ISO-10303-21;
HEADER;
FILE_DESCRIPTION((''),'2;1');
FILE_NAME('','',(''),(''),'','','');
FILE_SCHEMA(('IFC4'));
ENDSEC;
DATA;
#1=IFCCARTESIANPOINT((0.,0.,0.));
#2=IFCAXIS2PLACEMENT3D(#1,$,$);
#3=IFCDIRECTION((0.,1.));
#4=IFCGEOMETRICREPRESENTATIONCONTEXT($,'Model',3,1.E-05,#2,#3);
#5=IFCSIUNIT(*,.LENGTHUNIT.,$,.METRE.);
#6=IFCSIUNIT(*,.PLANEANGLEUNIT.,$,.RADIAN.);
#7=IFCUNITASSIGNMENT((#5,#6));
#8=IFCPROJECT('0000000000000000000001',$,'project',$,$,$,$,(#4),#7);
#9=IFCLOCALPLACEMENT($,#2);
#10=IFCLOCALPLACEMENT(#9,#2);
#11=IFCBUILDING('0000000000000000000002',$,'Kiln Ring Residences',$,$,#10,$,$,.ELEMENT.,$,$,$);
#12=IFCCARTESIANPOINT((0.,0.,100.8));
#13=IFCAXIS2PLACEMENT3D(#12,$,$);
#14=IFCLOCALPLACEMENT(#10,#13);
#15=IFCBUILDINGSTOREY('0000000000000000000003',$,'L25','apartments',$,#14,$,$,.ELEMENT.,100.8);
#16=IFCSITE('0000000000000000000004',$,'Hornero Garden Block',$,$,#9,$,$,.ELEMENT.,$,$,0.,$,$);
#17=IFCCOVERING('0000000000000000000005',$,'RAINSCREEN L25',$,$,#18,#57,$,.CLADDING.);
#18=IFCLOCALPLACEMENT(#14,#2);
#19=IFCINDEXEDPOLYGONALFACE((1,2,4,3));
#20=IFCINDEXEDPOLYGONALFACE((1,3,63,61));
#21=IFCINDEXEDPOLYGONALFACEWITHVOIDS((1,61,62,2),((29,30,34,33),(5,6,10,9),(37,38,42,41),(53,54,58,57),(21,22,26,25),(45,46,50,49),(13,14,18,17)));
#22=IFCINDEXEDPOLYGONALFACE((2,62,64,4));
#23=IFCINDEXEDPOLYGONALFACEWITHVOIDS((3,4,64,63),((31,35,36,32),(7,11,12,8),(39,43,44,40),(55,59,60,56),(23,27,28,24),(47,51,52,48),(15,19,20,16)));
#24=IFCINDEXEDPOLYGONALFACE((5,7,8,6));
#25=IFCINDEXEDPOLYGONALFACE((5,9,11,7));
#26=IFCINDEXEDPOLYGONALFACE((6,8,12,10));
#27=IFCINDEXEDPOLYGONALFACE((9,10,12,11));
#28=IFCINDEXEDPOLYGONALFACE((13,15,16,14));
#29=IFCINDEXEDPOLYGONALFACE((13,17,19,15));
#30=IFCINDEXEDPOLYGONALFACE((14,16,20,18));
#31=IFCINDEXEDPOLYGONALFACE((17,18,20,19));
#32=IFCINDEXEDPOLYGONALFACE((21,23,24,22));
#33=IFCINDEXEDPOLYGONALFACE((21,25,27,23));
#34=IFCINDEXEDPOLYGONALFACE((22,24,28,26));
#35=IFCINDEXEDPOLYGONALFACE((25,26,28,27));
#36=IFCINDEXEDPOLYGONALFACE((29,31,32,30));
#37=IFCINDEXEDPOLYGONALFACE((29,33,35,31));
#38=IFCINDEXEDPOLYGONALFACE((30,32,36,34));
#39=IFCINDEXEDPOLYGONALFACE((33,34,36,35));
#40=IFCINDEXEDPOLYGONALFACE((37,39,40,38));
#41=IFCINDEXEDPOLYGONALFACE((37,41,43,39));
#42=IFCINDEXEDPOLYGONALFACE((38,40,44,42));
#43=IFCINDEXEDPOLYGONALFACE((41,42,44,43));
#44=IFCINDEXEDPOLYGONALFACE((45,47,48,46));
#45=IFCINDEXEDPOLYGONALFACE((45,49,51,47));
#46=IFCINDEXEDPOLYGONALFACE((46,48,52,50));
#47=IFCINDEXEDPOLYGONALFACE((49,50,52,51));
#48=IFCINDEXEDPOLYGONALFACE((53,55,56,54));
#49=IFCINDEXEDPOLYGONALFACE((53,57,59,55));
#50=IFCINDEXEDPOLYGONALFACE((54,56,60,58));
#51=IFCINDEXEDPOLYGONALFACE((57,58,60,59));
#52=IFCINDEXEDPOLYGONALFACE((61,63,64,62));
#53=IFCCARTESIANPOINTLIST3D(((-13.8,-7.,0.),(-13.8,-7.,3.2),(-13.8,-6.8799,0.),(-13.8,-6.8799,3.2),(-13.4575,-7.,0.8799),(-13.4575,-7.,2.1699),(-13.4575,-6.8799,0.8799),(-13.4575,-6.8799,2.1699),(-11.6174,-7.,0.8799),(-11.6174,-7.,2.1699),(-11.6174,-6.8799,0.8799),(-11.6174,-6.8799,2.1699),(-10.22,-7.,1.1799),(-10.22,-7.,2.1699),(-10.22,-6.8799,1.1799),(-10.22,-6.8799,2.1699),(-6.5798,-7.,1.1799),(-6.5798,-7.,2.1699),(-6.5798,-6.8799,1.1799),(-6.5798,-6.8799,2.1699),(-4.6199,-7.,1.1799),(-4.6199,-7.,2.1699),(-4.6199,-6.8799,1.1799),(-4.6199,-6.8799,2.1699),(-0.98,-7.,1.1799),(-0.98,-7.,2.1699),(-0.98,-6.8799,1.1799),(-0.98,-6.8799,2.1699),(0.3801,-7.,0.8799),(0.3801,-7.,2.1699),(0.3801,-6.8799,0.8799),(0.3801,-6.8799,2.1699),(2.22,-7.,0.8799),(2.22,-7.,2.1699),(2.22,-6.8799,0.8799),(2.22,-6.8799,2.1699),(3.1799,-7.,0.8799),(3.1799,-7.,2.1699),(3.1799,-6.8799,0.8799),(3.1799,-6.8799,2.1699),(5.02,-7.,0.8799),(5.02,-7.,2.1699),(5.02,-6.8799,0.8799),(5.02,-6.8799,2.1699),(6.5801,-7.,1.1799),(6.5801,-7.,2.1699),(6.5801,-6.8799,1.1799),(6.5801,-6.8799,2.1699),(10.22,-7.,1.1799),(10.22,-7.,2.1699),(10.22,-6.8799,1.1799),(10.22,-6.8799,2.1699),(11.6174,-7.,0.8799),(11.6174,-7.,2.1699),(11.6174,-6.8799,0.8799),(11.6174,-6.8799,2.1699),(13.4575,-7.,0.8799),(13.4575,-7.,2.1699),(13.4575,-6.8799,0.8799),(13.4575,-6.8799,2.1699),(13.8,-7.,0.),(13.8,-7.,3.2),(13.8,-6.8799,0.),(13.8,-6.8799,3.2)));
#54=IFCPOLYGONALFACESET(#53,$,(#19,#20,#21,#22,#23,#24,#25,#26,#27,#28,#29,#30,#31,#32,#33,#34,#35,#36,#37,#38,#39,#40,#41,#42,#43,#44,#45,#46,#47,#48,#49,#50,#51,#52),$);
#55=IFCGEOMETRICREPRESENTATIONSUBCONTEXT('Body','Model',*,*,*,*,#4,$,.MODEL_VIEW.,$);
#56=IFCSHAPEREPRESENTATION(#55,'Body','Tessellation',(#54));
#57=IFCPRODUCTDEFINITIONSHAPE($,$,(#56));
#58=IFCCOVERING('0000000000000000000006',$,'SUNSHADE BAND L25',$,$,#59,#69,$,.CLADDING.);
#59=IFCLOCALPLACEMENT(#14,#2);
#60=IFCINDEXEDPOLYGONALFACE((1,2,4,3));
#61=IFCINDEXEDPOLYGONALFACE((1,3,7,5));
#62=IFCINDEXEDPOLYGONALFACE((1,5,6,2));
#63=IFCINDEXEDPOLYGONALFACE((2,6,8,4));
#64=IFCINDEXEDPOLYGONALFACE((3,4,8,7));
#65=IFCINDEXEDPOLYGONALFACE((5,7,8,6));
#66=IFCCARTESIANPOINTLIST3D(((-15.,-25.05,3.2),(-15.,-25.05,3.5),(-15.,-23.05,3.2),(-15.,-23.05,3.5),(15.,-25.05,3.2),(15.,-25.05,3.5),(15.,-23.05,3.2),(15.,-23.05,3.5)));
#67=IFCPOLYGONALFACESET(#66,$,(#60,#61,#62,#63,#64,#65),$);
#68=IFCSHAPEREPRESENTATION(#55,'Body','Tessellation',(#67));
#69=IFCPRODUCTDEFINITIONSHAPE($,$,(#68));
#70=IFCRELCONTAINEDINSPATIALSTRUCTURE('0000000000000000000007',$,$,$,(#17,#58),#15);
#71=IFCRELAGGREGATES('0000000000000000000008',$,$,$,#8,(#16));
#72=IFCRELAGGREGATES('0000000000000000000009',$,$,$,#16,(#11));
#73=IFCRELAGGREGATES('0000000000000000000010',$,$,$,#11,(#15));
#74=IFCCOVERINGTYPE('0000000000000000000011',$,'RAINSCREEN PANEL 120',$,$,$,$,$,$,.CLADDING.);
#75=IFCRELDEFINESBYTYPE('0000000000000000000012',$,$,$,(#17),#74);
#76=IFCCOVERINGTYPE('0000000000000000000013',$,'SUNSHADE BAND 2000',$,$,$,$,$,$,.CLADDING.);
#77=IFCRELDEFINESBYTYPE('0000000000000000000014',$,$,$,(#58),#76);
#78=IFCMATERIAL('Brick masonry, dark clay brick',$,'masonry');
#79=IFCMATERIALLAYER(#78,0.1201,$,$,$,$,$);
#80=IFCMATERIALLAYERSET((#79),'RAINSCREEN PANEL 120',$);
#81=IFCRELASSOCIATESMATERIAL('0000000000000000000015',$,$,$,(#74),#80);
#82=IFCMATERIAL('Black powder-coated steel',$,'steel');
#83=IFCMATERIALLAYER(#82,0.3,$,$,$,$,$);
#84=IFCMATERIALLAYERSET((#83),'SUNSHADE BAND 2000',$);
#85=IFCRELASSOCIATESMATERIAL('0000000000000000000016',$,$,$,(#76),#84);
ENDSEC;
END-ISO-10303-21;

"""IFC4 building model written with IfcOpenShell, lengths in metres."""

from ifc_helpers import new_model, si_unit, direction, frame, origin, place, context, subcontext, project, spatial, polyline, outline, extrude, material, layer, layer_set, type_object, element, save


model = new_model("IFC4")

# Units and contexts
model_context = context("Model", 3, precision=1e-05, world=origin(), true_north=direction((0.0, 1.0)))
body_context = subcontext(model_context, "Body", "Model", "MODEL_VIEW")
ifc_project = project(units=[si_unit("LENGTHUNIT", "METRE"), si_unit("PLANEANGLEUNIT", "RADIAN")], contexts=[model_context])

# Site, building, storey
site_placement = place(None, origin())
site = spatial("IfcSite", under=ifc_project, at=site_placement, Name="Hornero Garden Block", CompositionType="ELEMENT", RefElevation=0.0)
building_placement = place(site_placement, origin())
building = spatial("IfcBuilding", under=site, at=building_placement, Name="Kiln Ring Residences", CompositionType="ELEMENT")
storey_placement = place(building_placement, frame((0.0, 0.0, 100.8)))
storey = spatial("IfcBuildingStorey", under=building, at=storey_placement, Name="L25", Description="apartments", CompositionType="ELEMENT", Elevation=100.8)

# Coverings
ifc_material_1 = material(Name="Brick masonry, dark clay brick", Category="masonry")
ifc_layer_1 = layer(ifc_material_1, 0.1201)
ifc_layer_set_1 = layer_set([ifc_layer_1], Name="RAINSCREEN PANEL 120")
covering_type_1 = type_object("IfcCoveringType", Name="RAINSCREEN PANEL 120", PredefinedType="CLADDING", material=ifc_layer_set_1)
covering_1_placement = place(storey_placement, frame((13.8, -6.9399, 0.0), z_axis=(0.0, 0.0, 1.0), x_axis=(-1.0, 0.0, 0.0)))
element("IfcCovering", 1, at=covering_1_placement, inside=storey, type_object=covering_type_1, Name="RAINSCREEN L25", PredefinedType="CLADDING", context=body_context, shape_type="SweptSolid", body=[
    extrude(outline(polyline([(0.0, 0.0), (27.6001, 0.0), (27.6001, 3.2), (0.0, 3.2), (0.0, 0.0)]), holes=[polyline([(2.1826, 0.8799), (2.1826, 2.1699), (0.3425, 2.1699), (0.3425, 0.8799), (2.1826, 0.8799)]), polyline([(8.78, 0.8799), (10.6201, 0.8799), (10.6201, 2.1699), (8.78, 2.1699), (8.78, 0.8799)]), polyline([(11.5801, 0.8799), (13.4199, 0.8799), (13.4199, 2.1699), (11.5801, 2.1699), (11.5801, 0.8799)]), polyline([(25.4175, 0.8799), (27.2576, 0.8799), (27.2576, 2.1699), (25.4175, 2.1699), (25.4175, 0.8799)]), polyline([(3.5801, 1.1799), (7.22, 1.1799), (7.22, 2.1699), (3.5801, 2.1699), (3.5801, 1.1799)]), polyline([(14.78, 1.1799), (18.4199, 1.1799), (18.4199, 2.1699), (14.78, 2.1699), (14.78, 1.1799)]), polyline([(20.3799, 1.1799), (24.02, 1.1799), (24.02, 2.1699), (20.3799, 2.1699), (20.3799, 1.1799)])]), frame((0.0, 0.0601, 0.0), z_axis=(0.0, -1.0, 0.0), x_axis=(1.0, 0.0, 0.0)), (0.0, 0.0, 1.0), 0.1201),
])
ifc_material_2 = material(Name="Black powder-coated steel", Category="steel")
ifc_layer_2 = layer(ifc_material_2, 0.3)
ifc_layer_set_2 = layer_set([ifc_layer_2], Name="SUNSHADE BAND 2000")
covering_type_2 = type_object("IfcCoveringType", Name="SUNSHADE BAND 2000", PredefinedType="CLADDING", material=ifc_layer_set_2)
covering_2_placement = place(storey_placement, frame((0.0, 0.0, 3.2)))
element("IfcCovering", 2, at=covering_2_placement, inside=storey, type_object=covering_type_2, Name="SUNSHADE BAND L25", PredefinedType="CLADDING", context=body_context, shape_type="SweptSolid", body=[
    extrude(outline(polyline([(-15.0, -25.05), (15.0, -25.05), (15.0, -23.05), (-15.0, -23.05), (-15.0, -25.05)])), origin(), (0.0, 0.0, 1.0), 0.3),
])

save(model, "model.ifc")
